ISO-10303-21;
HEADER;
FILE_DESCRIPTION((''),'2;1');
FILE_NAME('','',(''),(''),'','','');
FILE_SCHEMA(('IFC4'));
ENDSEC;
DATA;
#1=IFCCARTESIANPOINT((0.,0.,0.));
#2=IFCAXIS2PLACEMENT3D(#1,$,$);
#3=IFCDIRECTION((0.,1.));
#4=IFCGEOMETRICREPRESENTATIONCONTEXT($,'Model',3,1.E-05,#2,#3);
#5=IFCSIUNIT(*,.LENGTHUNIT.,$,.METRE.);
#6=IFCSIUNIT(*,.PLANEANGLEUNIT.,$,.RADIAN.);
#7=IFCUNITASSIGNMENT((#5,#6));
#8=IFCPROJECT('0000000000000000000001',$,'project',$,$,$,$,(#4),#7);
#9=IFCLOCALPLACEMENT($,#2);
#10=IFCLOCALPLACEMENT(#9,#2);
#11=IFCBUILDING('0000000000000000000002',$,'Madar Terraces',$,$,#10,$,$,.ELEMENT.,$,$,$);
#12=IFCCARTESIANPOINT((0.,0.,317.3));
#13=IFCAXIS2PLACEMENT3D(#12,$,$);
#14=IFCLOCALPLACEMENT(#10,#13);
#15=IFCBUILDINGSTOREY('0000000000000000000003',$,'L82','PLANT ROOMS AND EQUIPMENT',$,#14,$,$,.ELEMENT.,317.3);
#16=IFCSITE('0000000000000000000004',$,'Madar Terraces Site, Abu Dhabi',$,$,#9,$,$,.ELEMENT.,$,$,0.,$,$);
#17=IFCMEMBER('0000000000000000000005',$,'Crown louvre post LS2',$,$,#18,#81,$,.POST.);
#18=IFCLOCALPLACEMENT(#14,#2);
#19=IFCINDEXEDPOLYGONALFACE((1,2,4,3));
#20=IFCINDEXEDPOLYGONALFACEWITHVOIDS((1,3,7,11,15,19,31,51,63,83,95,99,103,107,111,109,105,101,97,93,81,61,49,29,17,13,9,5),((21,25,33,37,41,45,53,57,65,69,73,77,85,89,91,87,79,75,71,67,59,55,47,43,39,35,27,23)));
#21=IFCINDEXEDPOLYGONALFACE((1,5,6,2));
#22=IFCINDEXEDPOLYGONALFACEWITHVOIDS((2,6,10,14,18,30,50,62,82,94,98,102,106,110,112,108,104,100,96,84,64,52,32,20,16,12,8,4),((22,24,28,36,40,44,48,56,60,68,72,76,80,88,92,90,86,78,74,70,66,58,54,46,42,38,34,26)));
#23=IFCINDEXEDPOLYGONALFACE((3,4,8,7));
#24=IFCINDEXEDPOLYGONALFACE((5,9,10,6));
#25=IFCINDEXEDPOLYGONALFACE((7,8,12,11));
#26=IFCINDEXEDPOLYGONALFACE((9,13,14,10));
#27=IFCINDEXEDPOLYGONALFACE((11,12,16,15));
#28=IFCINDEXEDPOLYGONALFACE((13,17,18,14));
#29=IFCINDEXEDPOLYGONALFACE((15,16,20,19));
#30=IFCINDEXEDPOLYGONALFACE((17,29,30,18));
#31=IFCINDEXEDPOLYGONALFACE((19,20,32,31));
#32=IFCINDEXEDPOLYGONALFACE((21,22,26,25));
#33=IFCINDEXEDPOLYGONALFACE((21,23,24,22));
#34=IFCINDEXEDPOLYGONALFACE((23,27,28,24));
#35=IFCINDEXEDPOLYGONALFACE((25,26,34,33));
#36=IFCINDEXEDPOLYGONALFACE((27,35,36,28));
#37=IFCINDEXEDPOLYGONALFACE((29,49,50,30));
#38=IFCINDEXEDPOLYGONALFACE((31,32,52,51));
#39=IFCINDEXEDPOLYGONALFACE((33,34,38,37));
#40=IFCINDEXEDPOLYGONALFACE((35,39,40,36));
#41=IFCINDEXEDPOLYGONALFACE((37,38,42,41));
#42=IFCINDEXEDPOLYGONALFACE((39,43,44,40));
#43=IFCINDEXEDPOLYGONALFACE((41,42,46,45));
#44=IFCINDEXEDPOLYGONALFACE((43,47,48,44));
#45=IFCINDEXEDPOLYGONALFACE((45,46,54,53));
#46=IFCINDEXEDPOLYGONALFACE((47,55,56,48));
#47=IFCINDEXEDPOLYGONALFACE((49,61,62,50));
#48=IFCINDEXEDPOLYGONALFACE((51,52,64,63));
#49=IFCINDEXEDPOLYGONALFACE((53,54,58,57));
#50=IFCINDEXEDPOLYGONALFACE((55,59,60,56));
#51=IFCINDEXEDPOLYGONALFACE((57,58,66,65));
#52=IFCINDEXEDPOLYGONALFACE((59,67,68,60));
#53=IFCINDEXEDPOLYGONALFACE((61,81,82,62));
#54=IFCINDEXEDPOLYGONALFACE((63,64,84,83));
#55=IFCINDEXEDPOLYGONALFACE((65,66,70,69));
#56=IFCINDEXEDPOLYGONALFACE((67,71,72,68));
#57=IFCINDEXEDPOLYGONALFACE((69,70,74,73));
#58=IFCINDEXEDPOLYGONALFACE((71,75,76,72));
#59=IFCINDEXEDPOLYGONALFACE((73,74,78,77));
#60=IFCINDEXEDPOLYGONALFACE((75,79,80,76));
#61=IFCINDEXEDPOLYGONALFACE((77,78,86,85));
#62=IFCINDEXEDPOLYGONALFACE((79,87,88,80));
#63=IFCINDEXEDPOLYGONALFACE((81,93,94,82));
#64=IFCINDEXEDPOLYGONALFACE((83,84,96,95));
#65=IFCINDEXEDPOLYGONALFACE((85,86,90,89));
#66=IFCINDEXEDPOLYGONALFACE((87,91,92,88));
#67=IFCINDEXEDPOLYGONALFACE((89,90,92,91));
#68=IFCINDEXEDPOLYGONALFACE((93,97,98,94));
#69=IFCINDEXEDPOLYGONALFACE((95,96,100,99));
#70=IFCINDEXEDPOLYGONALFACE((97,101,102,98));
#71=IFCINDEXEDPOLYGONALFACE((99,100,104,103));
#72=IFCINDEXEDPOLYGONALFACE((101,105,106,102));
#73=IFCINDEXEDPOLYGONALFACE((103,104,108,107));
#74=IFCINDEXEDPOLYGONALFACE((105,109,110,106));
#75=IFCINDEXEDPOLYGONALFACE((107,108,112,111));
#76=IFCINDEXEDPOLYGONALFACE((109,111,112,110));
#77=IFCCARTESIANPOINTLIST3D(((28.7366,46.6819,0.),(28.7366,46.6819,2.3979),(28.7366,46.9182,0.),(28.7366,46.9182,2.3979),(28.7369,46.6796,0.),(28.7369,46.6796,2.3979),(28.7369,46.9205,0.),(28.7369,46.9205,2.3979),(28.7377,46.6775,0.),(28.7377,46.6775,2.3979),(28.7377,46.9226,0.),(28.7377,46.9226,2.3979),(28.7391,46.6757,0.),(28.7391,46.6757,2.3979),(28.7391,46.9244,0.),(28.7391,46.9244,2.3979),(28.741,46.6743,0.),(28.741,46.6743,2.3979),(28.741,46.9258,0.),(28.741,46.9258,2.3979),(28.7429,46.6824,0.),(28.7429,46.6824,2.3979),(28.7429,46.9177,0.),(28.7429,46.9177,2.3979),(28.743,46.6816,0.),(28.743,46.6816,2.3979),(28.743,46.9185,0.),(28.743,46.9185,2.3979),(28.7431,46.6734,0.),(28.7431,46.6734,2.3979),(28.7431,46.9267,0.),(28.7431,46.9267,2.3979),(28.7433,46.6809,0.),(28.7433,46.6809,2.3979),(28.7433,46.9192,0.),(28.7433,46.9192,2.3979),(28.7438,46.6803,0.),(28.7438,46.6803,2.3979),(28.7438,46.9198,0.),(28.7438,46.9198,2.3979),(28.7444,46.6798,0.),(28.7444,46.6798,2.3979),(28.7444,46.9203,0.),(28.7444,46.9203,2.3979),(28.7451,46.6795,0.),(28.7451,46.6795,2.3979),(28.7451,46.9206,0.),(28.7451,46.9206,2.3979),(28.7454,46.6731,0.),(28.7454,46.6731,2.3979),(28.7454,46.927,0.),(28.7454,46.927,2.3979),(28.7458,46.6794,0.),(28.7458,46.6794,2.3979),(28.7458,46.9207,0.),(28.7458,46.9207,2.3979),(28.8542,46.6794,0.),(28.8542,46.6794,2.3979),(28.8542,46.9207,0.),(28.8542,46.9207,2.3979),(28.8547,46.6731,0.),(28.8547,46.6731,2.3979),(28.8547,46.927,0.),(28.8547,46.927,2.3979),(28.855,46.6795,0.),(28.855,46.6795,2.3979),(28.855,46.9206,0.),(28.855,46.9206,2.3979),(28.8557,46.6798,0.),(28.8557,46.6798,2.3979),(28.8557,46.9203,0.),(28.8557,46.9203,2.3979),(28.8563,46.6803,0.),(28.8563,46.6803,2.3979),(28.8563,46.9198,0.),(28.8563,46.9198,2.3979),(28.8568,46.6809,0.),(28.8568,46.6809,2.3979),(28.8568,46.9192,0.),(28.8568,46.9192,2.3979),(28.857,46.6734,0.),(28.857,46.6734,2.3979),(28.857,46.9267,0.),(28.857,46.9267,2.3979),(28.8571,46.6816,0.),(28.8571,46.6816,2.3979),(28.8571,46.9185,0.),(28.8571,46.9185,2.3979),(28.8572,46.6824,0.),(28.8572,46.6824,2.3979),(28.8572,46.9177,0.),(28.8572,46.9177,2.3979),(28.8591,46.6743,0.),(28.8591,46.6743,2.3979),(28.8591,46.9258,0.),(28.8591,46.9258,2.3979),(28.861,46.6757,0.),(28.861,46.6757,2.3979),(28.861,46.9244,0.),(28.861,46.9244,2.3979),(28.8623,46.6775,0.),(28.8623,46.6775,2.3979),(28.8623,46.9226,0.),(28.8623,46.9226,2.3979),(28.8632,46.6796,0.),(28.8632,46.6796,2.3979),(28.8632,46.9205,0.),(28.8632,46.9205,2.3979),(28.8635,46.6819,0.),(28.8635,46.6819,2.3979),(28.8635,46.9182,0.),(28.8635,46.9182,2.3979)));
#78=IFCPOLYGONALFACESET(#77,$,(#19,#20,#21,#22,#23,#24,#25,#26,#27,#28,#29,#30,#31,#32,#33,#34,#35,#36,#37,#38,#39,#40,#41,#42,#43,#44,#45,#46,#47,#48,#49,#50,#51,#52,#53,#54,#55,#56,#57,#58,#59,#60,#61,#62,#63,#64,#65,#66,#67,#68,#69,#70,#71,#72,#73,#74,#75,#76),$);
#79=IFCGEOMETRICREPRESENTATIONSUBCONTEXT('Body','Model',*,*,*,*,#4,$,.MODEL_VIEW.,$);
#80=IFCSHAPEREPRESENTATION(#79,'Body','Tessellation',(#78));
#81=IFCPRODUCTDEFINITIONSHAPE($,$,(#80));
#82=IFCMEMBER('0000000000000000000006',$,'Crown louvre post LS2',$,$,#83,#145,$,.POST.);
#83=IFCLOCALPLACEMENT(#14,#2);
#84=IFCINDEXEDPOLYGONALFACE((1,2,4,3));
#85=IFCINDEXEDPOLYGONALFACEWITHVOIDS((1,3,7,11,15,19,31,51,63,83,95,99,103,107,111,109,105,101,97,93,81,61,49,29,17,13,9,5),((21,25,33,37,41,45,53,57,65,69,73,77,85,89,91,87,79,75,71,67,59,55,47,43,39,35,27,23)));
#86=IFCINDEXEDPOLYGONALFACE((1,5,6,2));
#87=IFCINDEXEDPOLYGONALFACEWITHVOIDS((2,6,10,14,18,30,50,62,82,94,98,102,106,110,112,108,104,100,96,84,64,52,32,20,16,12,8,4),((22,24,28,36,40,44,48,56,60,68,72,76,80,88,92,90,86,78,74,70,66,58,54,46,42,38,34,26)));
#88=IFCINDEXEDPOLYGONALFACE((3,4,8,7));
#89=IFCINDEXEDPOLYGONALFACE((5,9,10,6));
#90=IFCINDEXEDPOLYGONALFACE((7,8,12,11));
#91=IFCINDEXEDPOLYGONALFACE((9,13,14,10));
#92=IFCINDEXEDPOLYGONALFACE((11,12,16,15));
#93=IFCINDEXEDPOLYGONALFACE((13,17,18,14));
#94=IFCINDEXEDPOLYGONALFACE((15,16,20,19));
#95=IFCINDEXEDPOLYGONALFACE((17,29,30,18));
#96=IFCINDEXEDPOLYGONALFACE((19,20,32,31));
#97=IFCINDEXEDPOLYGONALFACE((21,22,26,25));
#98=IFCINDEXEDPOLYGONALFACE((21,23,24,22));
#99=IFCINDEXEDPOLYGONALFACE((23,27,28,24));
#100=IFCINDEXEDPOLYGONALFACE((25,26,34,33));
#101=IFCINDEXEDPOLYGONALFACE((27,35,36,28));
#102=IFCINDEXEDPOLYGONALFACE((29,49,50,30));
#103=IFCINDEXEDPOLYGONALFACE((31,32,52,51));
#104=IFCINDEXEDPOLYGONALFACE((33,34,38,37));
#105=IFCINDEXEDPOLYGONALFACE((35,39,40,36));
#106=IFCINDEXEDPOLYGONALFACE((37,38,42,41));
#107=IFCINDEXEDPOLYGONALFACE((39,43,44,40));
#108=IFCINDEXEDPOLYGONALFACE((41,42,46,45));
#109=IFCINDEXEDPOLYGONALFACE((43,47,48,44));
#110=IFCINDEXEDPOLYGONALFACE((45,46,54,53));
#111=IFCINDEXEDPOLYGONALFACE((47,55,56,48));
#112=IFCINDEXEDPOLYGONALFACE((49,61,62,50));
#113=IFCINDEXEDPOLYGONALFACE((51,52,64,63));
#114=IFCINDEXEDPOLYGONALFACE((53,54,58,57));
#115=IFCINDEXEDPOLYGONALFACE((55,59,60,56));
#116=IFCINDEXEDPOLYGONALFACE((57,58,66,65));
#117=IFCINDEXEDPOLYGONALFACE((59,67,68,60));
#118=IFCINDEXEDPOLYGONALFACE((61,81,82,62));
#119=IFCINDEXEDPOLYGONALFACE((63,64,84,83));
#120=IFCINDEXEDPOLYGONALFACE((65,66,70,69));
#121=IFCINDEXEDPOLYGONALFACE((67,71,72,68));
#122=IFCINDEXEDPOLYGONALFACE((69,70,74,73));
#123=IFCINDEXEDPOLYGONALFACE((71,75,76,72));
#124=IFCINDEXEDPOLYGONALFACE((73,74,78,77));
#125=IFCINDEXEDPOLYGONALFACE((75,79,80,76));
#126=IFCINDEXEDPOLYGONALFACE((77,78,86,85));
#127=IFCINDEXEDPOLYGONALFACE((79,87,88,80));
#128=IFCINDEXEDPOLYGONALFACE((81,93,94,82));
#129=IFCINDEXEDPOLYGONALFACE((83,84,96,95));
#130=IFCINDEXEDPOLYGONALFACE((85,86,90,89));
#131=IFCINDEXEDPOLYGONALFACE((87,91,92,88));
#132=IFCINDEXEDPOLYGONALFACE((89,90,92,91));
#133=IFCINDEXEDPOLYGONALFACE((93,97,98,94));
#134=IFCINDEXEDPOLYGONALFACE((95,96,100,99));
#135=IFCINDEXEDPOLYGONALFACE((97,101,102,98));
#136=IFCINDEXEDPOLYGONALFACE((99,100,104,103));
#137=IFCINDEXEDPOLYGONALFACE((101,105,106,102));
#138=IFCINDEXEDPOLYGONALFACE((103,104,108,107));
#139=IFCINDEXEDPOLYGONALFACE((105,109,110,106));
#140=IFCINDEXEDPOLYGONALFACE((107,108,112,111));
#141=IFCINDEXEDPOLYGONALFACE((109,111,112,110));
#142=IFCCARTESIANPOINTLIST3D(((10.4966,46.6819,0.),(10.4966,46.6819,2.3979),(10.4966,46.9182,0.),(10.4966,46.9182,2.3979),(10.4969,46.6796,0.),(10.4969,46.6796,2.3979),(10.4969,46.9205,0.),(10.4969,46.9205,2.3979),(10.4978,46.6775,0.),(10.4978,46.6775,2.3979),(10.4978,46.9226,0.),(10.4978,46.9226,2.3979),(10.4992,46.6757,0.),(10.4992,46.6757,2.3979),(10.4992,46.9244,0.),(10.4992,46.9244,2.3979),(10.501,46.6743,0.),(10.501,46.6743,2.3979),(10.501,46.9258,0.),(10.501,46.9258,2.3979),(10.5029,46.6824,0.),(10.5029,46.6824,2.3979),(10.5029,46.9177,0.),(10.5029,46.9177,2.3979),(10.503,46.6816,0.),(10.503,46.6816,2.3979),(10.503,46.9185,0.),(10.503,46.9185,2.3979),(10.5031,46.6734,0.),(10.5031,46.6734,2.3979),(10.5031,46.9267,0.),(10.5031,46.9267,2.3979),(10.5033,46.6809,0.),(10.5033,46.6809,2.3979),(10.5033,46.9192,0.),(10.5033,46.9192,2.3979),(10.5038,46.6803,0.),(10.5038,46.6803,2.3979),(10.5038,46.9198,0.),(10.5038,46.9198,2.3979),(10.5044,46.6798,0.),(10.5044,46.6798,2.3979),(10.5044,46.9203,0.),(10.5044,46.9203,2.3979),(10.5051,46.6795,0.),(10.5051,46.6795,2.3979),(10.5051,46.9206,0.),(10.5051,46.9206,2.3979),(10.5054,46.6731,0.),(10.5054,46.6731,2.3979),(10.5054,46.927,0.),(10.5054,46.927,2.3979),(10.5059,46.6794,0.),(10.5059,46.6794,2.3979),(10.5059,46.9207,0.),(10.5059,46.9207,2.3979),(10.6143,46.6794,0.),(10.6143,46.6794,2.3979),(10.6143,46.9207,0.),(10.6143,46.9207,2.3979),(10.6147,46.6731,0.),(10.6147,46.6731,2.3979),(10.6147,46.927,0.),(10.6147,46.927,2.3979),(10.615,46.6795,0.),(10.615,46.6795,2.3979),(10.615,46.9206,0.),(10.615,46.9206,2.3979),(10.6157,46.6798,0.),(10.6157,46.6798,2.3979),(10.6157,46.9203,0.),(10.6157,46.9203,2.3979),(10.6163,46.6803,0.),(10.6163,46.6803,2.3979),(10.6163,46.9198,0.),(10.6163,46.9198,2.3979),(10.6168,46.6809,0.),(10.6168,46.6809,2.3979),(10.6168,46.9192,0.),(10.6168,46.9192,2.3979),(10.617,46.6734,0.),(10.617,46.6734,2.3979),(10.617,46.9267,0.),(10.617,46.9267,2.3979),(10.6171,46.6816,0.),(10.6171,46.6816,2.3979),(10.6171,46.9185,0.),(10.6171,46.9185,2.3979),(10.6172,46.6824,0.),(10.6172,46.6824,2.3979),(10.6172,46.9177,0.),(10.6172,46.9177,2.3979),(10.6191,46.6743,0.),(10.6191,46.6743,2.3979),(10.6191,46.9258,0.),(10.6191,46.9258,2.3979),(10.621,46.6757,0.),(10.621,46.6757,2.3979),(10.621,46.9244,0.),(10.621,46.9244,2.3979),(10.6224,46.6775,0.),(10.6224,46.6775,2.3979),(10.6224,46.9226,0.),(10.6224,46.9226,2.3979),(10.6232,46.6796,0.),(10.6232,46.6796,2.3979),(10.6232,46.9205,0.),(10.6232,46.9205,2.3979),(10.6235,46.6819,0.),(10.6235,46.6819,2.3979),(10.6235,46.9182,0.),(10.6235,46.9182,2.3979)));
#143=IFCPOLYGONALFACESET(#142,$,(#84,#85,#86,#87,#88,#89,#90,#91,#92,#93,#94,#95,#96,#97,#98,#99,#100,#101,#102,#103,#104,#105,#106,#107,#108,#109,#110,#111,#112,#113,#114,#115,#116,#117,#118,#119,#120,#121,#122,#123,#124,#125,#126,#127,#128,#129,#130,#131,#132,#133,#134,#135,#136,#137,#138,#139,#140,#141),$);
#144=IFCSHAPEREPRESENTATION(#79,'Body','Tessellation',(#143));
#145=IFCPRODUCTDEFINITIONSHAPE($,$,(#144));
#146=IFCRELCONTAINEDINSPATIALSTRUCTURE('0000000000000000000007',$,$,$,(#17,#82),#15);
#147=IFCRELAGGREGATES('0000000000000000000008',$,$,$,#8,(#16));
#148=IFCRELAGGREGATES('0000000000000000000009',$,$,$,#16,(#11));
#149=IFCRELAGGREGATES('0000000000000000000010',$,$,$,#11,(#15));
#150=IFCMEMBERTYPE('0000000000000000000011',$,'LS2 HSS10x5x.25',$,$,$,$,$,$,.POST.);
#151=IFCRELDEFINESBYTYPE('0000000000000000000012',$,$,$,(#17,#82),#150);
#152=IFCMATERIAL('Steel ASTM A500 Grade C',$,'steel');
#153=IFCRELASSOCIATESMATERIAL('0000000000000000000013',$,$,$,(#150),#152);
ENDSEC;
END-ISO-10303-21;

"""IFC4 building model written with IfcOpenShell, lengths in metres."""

from ifc_helpers import new_model, si_unit, direction, frame, origin, origin_2d, place, context, subcontext, project, spatial, hollow_rectangle, extrude, material, material_profile, profile_set, type_object, element, save


model = new_model("IFC4")

# Units and contexts
model_context = context("Model", 3, precision=1e-05, world=origin(), true_north=direction((0.0, 1.0)))
body_context = subcontext(model_context, "Body", "Model", "MODEL_VIEW")
ifc_project = project(units=[si_unit("LENGTHUNIT", "METRE"), si_unit("PLANEANGLEUNIT", "RADIAN")], contexts=[model_context])

# Site, building, storey
site_placement = place(None, origin())
site = spatial("IfcSite", under=ifc_project, at=site_placement, Name="Madar Terraces Site, Abu Dhabi", CompositionType="ELEMENT", RefElevation=0.0)
building_placement = place(site_placement, origin())
building = spatial("IfcBuilding", under=site, at=building_placement, Name="Madar Terraces", CompositionType="ELEMENT")
storey_placement = place(building_placement, frame((0.0, 0.0, 317.3)))
storey = spatial("IfcBuildingStorey", under=building, at=storey_placement, Name="L82", Description="PLANT ROOMS AND EQUIPMENT", CompositionType="ELEMENT", Elevation=317.3)

# Members
ifc_material_1 = material(Name="Steel ASTM A500 Grade C", Category="steel")
ifc_material_profile_1 = material_profile(ifc_material_1, hollow_rectangle(XDim=0.127, YDim=0.2539, WallThickness=0.0063, InnerFilletRadius=0.0029, OuterFilletRadius=0.0088, at=origin_2d()), Name="HSS10x5x.25")
ifc_profile_set_1 = profile_set([ifc_material_profile_1], Name="Steel ASTM A500 Grade C")
member_type_1 = type_object("IfcMemberType", Name="LS2 HSS10x5x.25", PredefinedType="POST", material=ifc_profile_set_1)
for number, where, z_axis, x_axis, name in (
    (1, (28.8, 46.8, 0.0), (0.0, 0.0, 1.0), (-1.0, 0.0, 0.0), "Crown louvre post LS2"),
    (2, (10.5601, 46.8, 0.0), (0.0, 0.0, 1.0), (-1.0, 0.0, 0.0), "Crown louvre post LS2"),
):
    element("IfcMember", number, at=place(storey_placement, frame(where, z_axis=z_axis, x_axis=x_axis)), inside=storey, type_object=member_type_1, Name=name, PredefinedType="POST", context=body_context, shape_type="SweptSolid", body=[
        extrude(hollow_rectangle(XDim=0.127, YDim=0.2539, WallThickness=0.0063, InnerFilletRadius=0.0029, OuterFilletRadius=0.0088, at=origin_2d()), origin(), (0.0, 0.0, 1.0), 2.3979),
    ])

save(model, "model.ifc")
